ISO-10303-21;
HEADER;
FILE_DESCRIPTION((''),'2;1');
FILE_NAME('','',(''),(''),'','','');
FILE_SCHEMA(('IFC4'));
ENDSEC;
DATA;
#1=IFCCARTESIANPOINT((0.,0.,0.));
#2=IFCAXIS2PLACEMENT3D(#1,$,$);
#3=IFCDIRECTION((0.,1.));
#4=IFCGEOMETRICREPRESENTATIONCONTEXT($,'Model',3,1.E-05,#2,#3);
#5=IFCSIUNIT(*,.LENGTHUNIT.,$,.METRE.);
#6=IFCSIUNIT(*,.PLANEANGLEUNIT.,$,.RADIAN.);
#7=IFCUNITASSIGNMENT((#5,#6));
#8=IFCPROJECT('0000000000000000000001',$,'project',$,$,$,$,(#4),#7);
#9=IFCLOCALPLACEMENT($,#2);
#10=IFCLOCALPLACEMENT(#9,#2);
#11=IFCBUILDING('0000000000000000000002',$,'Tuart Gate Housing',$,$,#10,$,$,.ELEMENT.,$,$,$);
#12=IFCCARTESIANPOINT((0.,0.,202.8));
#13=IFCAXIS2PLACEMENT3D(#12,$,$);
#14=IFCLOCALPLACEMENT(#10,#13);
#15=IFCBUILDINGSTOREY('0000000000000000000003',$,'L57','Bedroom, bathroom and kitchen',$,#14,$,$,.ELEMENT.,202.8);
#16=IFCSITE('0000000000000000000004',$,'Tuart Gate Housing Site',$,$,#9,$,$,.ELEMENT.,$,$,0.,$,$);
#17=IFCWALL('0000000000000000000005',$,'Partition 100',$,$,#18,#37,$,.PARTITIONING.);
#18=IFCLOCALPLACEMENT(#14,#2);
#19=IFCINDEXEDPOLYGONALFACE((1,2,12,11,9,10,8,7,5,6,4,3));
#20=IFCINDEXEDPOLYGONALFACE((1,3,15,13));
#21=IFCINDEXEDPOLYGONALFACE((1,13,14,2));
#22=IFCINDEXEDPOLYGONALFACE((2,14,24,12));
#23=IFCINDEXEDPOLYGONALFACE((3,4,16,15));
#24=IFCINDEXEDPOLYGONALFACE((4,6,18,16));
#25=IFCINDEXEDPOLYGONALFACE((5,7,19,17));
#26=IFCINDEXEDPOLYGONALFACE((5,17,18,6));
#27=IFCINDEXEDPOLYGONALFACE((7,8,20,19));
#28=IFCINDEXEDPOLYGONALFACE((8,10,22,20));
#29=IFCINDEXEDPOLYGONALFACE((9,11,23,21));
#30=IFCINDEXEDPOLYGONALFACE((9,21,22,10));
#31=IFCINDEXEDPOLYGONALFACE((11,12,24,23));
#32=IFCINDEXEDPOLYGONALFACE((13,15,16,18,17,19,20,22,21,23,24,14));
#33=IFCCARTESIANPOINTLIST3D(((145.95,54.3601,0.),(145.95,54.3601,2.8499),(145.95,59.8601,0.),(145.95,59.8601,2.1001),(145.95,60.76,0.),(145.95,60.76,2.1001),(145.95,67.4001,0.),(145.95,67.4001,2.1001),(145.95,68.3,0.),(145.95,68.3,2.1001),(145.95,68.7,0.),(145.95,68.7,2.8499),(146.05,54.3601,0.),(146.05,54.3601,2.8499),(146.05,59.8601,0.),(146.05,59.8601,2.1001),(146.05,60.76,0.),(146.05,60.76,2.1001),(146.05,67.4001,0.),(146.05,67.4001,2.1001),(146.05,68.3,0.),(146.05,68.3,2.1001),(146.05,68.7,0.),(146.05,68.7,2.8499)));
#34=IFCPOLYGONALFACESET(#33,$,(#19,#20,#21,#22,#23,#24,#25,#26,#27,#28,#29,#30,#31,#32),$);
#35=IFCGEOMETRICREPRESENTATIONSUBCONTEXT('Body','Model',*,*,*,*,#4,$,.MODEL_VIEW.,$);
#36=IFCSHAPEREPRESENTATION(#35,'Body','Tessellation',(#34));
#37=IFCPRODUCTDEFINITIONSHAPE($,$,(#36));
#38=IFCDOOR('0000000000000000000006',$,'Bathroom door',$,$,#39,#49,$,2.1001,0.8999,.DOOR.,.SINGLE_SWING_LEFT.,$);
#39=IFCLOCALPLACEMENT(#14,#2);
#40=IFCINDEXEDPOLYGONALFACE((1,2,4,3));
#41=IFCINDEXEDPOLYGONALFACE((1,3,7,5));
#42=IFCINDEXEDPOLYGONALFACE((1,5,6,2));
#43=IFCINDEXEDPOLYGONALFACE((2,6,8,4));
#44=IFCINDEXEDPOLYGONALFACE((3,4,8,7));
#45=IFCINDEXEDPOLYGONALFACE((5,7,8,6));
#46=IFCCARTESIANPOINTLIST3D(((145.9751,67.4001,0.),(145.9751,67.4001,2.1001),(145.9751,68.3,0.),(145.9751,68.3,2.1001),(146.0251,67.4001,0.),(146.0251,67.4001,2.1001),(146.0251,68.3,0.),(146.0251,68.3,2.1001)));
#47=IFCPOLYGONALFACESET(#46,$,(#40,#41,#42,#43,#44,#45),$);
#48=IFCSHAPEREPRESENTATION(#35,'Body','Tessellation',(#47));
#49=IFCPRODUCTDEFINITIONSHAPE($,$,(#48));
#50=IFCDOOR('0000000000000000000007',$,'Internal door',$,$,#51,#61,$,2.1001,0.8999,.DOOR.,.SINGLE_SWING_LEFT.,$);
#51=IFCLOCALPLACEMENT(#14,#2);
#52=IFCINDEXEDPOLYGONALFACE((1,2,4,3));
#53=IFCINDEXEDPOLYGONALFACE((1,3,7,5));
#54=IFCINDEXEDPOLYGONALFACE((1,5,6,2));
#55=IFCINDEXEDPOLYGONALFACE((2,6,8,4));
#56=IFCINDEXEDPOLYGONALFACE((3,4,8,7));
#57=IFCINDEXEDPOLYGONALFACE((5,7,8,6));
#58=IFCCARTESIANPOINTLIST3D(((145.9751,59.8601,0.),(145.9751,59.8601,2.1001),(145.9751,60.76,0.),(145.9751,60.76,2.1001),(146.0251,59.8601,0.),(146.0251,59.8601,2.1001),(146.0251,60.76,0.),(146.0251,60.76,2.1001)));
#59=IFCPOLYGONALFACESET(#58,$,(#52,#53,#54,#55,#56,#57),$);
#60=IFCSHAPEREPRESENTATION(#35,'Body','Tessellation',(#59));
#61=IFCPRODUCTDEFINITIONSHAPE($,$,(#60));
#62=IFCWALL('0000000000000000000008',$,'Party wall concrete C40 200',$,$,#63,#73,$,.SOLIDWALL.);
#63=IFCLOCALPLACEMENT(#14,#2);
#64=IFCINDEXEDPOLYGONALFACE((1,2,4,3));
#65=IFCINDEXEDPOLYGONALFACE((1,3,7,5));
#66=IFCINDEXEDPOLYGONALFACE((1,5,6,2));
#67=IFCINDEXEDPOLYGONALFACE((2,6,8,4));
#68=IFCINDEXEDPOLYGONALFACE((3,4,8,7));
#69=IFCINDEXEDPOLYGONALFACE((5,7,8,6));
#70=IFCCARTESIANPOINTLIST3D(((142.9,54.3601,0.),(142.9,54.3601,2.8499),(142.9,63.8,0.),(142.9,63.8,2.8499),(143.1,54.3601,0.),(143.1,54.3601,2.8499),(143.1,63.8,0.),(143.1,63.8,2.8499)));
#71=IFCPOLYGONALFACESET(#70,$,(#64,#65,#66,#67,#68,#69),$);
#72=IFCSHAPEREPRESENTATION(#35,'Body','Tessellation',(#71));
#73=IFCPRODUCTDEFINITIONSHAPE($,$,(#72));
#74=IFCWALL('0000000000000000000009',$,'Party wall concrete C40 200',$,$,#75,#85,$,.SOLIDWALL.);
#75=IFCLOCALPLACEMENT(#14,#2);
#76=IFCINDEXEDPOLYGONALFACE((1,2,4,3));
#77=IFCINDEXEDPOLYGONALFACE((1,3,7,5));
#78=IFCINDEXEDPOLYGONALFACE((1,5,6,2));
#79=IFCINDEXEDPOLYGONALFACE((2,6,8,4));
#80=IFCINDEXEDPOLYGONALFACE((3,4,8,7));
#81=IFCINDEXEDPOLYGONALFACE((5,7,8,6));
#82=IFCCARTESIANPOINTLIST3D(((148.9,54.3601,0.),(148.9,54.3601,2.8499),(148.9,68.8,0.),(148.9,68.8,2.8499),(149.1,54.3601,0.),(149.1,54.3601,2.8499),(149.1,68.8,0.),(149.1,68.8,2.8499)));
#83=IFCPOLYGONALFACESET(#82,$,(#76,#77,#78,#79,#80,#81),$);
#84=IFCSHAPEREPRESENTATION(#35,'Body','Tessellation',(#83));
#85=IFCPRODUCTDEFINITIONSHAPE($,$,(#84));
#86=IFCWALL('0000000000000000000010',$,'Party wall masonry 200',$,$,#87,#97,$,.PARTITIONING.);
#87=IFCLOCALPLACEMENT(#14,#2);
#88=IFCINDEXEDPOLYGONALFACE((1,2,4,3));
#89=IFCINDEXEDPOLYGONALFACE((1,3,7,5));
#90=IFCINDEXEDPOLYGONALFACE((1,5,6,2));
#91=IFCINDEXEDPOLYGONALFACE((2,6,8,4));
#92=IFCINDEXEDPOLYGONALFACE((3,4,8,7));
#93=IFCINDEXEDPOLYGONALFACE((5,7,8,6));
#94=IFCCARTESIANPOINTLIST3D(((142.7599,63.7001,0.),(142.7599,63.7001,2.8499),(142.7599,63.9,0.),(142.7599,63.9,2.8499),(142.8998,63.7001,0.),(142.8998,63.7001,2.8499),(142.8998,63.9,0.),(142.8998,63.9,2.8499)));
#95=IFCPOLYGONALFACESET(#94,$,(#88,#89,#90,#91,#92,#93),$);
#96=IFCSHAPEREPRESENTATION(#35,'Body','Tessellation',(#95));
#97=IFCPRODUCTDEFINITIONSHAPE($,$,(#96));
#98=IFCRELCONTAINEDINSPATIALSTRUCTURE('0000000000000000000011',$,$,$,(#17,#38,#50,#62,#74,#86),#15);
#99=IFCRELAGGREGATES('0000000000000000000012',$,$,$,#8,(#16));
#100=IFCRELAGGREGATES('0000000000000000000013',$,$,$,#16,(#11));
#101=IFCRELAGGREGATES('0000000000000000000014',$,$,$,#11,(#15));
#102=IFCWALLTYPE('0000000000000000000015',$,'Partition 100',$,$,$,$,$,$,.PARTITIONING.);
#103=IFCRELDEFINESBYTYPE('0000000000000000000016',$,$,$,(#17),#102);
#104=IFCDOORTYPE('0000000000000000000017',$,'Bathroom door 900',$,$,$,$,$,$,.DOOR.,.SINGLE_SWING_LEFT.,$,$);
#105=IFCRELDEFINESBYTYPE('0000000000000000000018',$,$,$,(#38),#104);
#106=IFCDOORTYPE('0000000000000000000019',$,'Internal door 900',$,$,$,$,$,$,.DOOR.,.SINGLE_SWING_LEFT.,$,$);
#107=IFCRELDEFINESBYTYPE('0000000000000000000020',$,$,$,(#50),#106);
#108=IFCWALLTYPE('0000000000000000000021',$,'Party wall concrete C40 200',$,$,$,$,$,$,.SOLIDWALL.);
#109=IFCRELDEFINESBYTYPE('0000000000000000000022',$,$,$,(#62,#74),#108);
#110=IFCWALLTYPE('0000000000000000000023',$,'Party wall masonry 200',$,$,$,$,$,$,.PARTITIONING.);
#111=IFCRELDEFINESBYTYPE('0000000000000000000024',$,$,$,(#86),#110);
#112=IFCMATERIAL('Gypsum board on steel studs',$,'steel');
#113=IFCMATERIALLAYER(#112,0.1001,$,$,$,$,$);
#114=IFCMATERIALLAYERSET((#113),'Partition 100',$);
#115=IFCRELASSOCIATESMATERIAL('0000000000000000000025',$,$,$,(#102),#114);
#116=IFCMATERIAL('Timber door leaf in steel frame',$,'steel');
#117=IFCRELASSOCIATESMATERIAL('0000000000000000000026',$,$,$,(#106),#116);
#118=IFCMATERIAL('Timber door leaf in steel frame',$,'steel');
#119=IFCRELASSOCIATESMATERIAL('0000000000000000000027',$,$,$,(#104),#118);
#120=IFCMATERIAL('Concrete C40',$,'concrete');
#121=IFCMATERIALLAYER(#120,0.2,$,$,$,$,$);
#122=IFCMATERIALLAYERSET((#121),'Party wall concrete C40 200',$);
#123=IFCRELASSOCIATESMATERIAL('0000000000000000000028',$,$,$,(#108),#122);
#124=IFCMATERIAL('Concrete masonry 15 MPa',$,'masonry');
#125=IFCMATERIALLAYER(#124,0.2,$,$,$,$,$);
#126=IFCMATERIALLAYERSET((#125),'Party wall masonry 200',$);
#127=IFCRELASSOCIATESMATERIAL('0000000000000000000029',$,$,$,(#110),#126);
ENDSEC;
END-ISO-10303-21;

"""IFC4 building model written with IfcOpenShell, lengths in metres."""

from ifc_helpers import new_model, si_unit, direction, frame, frame_2d, origin, place, context, subcontext, project, spatial, rectangle, extrude, material, layer, layer_set, type_object, element, fill, save


model = new_model("IFC4")

# Units and contexts
model_context = context("Model", 3, precision=1e-05, world=origin(), true_north=direction((0.0, 1.0)))
body_context = subcontext(model_context, "Body", "Model", "MODEL_VIEW")
ifc_project = project(units=[si_unit("LENGTHUNIT", "METRE"), si_unit("PLANEANGLEUNIT", "RADIAN")], contexts=[model_context])

# Site, building, storey
site_placement = place(None, origin())
site = spatial("IfcSite", under=ifc_project, at=site_placement, Name="Tuart Gate Housing Site", CompositionType="ELEMENT", RefElevation=0.0)
building_placement = place(site_placement, origin())
building = spatial("IfcBuilding", under=site, at=building_placement, Name="Tuart Gate Housing", CompositionType="ELEMENT")
storey_placement = place(building_placement, frame((0.0, 0.0, 202.8)))
storey = spatial("IfcBuildingStorey", under=building, at=storey_placement, Name="L57", Description="Bedroom, bathroom and kitchen", CompositionType="ELEMENT", Elevation=202.8)

# Shared definitions
ifc_material_1 = material(Name="Gypsum board on steel studs", Category="steel")
ifc_layer_1 = layer(ifc_material_1, 0.1001)
ifc_layer_set_1 = layer_set([ifc_layer_1], Name="Partition 100")
wall_type_1 = type_object("IfcWallType", Name="Partition 100", PredefinedType="PARTITIONING", material=ifc_layer_set_1)

# Shared definitions
ifc_material_2 = material(Name="Timber door leaf in steel frame", Category="steel")
door_type_1 = type_object("IfcDoorType", Name="Internal door 900", OperationType="SINGLE_SWING_LEFT", PredefinedType="DOOR", material=ifc_material_2)

# Wall, openings, doors
wall_1_placement = place(storey_placement, frame((146.0, 54.3601, 0.0), z_axis=(0.0, 0.0, 1.0), x_axis=(0.0, 1.0, 0.0)))
wall_1 = element("IfcWall", 1, at=wall_1_placement, inside=storey, type_object=wall_type_1, Name="Partition 100", PredefinedType="PARTITIONING", context=body_context, shape_type="SweptSolid", body=[
    extrude(rectangle(XDim=14.3398, YDim=0.1001, at=frame_2d((7.1699, 0.0))), origin(), (0.0, 0.0, 1.0), 2.8499),
])
opening_1_placement = place(wall_1_placement, frame((5.5, 0.0, 0.0)))
opening_1 = element("IfcOpeningElement", 2, at=opening_1_placement, cuts=wall_1, PredefinedType="OPENING", context=body_context, shape_type="SweptSolid", body=[
    extrude(rectangle(XDim=0.8999, YDim=2.1001, at=frame_2d((0.45, 1.05))), frame((0.0, 0.0601, 0.0), z_axis=(0.0, -1.0, 0.0), x_axis=(1.0, 0.0, 0.0)), (0.0, 0.0, 1.0), 0.1201),
])
opening_2_placement = place(wall_1_placement, frame((13.04, 0.0, 0.0)))
opening_2 = element("IfcOpeningElement", 3, at=opening_2_placement, cuts=wall_1, PredefinedType="OPENING", context=body_context, shape_type="SweptSolid", body=[
    extrude(rectangle(XDim=0.8999, YDim=2.1001, at=frame_2d((0.45, 1.05))), frame((0.0, 0.0601, 0.0), z_axis=(0.0, -1.0, 0.0), x_axis=(1.0, 0.0, 0.0)), (0.0, 0.0, 1.0), 0.1201),
])
ifc_material_3 = material(Name="Timber door leaf in steel frame", Category="steel")
door_type_2 = type_object("IfcDoorType", Name="Bathroom door 900", OperationType="SINGLE_SWING_LEFT", PredefinedType="DOOR", material=ifc_material_3)
door_1_placement = place(opening_2_placement, frame((0.8999, 0.0, 0.0), z_axis=(0.0, 0.0, 1.0), x_axis=(-1.0, 0.0, 0.0)))
door_1 = element("IfcDoor", 4, at=door_1_placement, inside=storey, type_object=door_type_2, Name="Bathroom door", OperationType="SINGLE_SWING_LEFT", OverallHeight=2.1001, OverallWidth=0.8999, PredefinedType="DOOR", context=body_context, shape_type="SweptSolid", body=[
    extrude(rectangle(XDim=0.8999, YDim=2.1001, at=frame_2d((0.45, 1.05))), frame((0.0, 0.0251, 0.0), z_axis=(0.0, -1.0, 0.0), x_axis=(1.0, 0.0, 0.0)), (0.0, 0.0, 1.0), 0.05),
])
fill(opening_2, door_1)
door_2_placement = place(opening_1_placement, frame((0.8999, 0.0, 0.0), z_axis=(0.0, 0.0, 1.0), x_axis=(-1.0, 0.0, 0.0)))
door_2 = element("IfcDoor", 5, at=door_2_placement, inside=storey, type_object=door_type_1, Name="Internal door", OperationType="SINGLE_SWING_LEFT", OverallHeight=2.1001, OverallWidth=0.8999, PredefinedType="DOOR", context=body_context, shape_type="SweptSolid", body=[
    extrude(rectangle(XDim=0.8999, YDim=2.1001, at=frame_2d((0.45, 1.05))), frame((0.0, 0.0251, 0.0), z_axis=(0.0, -1.0, 0.0), x_axis=(1.0, 0.0, 0.0)), (0.0, 0.0, 1.0), 0.05),
])
fill(opening_1, door_2)

# Walls
ifc_material_4 = material(Name="Concrete C40", Category="concrete")
ifc_layer_2 = layer(ifc_material_4, 0.2)
ifc_layer_set_2 = layer_set([ifc_layer_2], Name="Party wall concrete C40 200")
wall_type_2 = type_object("IfcWallType", Name="Party wall concrete C40 200", PredefinedType="SOLIDWALL", material=ifc_layer_set_2)
wall_2_placement = place(storey_placement, frame((143.0, 54.3601, 0.0), z_axis=(0.0, 0.0, 1.0), x_axis=(0.0, 1.0, 0.0)))
element("IfcWall", 6, at=wall_2_placement, inside=storey, type_object=wall_type_2, Name="Party wall concrete C40 200", PredefinedType="SOLIDWALL", context=body_context, shape_type="SweptSolid", body=[
    extrude(rectangle(XDim=9.4399, YDim=0.2, at=frame_2d((4.72, 0.0))), origin(), (0.0, 0.0, 1.0), 2.8499),
])
wall_3_placement = place(storey_placement, frame((149.0, 54.3601, 0.0), z_axis=(0.0, 0.0, 1.0), x_axis=(0.0, 1.0, 0.0)))
element("IfcWall", 7, at=wall_3_placement, inside=storey, type_object=wall_type_2, Name="Party wall concrete C40 200", PredefinedType="SOLIDWALL", context=body_context, shape_type="SweptSolid", body=[
    extrude(rectangle(XDim=14.4399, YDim=0.2, at=frame_2d((7.22, 0.0))), origin(), (0.0, 0.0, 1.0), 2.8499),
])
ifc_material_5 = material(Name="Concrete masonry 15 MPa", Category="masonry")
ifc_layer_3 = layer(ifc_material_5, 0.2)
ifc_layer_set_3 = layer_set([ifc_layer_3], Name="Party wall masonry 200")
wall_type_3 = type_object("IfcWallType", Name="Party wall masonry 200", PredefinedType="PARTITIONING", material=ifc_layer_set_3)
wall_4_placement = place(storey_placement, frame((142.76, 63.8, 0.0), z_axis=(0.0, 0.0, 1.0), x_axis=(1.0, 0.0, 0.0)))
element("IfcWall", 8, at=wall_4_placement, inside=storey, type_object=wall_type_3, Name="Party wall masonry 200", PredefinedType="PARTITIONING", context=body_context, shape_type="SweptSolid", body=[
    extrude(rectangle(XDim=0.1399, YDim=0.2, at=frame_2d((0.0698, 0.0))), origin(), (0.0, 0.0, 1.0), 2.8499),
])

save(model, "model.ifc")
